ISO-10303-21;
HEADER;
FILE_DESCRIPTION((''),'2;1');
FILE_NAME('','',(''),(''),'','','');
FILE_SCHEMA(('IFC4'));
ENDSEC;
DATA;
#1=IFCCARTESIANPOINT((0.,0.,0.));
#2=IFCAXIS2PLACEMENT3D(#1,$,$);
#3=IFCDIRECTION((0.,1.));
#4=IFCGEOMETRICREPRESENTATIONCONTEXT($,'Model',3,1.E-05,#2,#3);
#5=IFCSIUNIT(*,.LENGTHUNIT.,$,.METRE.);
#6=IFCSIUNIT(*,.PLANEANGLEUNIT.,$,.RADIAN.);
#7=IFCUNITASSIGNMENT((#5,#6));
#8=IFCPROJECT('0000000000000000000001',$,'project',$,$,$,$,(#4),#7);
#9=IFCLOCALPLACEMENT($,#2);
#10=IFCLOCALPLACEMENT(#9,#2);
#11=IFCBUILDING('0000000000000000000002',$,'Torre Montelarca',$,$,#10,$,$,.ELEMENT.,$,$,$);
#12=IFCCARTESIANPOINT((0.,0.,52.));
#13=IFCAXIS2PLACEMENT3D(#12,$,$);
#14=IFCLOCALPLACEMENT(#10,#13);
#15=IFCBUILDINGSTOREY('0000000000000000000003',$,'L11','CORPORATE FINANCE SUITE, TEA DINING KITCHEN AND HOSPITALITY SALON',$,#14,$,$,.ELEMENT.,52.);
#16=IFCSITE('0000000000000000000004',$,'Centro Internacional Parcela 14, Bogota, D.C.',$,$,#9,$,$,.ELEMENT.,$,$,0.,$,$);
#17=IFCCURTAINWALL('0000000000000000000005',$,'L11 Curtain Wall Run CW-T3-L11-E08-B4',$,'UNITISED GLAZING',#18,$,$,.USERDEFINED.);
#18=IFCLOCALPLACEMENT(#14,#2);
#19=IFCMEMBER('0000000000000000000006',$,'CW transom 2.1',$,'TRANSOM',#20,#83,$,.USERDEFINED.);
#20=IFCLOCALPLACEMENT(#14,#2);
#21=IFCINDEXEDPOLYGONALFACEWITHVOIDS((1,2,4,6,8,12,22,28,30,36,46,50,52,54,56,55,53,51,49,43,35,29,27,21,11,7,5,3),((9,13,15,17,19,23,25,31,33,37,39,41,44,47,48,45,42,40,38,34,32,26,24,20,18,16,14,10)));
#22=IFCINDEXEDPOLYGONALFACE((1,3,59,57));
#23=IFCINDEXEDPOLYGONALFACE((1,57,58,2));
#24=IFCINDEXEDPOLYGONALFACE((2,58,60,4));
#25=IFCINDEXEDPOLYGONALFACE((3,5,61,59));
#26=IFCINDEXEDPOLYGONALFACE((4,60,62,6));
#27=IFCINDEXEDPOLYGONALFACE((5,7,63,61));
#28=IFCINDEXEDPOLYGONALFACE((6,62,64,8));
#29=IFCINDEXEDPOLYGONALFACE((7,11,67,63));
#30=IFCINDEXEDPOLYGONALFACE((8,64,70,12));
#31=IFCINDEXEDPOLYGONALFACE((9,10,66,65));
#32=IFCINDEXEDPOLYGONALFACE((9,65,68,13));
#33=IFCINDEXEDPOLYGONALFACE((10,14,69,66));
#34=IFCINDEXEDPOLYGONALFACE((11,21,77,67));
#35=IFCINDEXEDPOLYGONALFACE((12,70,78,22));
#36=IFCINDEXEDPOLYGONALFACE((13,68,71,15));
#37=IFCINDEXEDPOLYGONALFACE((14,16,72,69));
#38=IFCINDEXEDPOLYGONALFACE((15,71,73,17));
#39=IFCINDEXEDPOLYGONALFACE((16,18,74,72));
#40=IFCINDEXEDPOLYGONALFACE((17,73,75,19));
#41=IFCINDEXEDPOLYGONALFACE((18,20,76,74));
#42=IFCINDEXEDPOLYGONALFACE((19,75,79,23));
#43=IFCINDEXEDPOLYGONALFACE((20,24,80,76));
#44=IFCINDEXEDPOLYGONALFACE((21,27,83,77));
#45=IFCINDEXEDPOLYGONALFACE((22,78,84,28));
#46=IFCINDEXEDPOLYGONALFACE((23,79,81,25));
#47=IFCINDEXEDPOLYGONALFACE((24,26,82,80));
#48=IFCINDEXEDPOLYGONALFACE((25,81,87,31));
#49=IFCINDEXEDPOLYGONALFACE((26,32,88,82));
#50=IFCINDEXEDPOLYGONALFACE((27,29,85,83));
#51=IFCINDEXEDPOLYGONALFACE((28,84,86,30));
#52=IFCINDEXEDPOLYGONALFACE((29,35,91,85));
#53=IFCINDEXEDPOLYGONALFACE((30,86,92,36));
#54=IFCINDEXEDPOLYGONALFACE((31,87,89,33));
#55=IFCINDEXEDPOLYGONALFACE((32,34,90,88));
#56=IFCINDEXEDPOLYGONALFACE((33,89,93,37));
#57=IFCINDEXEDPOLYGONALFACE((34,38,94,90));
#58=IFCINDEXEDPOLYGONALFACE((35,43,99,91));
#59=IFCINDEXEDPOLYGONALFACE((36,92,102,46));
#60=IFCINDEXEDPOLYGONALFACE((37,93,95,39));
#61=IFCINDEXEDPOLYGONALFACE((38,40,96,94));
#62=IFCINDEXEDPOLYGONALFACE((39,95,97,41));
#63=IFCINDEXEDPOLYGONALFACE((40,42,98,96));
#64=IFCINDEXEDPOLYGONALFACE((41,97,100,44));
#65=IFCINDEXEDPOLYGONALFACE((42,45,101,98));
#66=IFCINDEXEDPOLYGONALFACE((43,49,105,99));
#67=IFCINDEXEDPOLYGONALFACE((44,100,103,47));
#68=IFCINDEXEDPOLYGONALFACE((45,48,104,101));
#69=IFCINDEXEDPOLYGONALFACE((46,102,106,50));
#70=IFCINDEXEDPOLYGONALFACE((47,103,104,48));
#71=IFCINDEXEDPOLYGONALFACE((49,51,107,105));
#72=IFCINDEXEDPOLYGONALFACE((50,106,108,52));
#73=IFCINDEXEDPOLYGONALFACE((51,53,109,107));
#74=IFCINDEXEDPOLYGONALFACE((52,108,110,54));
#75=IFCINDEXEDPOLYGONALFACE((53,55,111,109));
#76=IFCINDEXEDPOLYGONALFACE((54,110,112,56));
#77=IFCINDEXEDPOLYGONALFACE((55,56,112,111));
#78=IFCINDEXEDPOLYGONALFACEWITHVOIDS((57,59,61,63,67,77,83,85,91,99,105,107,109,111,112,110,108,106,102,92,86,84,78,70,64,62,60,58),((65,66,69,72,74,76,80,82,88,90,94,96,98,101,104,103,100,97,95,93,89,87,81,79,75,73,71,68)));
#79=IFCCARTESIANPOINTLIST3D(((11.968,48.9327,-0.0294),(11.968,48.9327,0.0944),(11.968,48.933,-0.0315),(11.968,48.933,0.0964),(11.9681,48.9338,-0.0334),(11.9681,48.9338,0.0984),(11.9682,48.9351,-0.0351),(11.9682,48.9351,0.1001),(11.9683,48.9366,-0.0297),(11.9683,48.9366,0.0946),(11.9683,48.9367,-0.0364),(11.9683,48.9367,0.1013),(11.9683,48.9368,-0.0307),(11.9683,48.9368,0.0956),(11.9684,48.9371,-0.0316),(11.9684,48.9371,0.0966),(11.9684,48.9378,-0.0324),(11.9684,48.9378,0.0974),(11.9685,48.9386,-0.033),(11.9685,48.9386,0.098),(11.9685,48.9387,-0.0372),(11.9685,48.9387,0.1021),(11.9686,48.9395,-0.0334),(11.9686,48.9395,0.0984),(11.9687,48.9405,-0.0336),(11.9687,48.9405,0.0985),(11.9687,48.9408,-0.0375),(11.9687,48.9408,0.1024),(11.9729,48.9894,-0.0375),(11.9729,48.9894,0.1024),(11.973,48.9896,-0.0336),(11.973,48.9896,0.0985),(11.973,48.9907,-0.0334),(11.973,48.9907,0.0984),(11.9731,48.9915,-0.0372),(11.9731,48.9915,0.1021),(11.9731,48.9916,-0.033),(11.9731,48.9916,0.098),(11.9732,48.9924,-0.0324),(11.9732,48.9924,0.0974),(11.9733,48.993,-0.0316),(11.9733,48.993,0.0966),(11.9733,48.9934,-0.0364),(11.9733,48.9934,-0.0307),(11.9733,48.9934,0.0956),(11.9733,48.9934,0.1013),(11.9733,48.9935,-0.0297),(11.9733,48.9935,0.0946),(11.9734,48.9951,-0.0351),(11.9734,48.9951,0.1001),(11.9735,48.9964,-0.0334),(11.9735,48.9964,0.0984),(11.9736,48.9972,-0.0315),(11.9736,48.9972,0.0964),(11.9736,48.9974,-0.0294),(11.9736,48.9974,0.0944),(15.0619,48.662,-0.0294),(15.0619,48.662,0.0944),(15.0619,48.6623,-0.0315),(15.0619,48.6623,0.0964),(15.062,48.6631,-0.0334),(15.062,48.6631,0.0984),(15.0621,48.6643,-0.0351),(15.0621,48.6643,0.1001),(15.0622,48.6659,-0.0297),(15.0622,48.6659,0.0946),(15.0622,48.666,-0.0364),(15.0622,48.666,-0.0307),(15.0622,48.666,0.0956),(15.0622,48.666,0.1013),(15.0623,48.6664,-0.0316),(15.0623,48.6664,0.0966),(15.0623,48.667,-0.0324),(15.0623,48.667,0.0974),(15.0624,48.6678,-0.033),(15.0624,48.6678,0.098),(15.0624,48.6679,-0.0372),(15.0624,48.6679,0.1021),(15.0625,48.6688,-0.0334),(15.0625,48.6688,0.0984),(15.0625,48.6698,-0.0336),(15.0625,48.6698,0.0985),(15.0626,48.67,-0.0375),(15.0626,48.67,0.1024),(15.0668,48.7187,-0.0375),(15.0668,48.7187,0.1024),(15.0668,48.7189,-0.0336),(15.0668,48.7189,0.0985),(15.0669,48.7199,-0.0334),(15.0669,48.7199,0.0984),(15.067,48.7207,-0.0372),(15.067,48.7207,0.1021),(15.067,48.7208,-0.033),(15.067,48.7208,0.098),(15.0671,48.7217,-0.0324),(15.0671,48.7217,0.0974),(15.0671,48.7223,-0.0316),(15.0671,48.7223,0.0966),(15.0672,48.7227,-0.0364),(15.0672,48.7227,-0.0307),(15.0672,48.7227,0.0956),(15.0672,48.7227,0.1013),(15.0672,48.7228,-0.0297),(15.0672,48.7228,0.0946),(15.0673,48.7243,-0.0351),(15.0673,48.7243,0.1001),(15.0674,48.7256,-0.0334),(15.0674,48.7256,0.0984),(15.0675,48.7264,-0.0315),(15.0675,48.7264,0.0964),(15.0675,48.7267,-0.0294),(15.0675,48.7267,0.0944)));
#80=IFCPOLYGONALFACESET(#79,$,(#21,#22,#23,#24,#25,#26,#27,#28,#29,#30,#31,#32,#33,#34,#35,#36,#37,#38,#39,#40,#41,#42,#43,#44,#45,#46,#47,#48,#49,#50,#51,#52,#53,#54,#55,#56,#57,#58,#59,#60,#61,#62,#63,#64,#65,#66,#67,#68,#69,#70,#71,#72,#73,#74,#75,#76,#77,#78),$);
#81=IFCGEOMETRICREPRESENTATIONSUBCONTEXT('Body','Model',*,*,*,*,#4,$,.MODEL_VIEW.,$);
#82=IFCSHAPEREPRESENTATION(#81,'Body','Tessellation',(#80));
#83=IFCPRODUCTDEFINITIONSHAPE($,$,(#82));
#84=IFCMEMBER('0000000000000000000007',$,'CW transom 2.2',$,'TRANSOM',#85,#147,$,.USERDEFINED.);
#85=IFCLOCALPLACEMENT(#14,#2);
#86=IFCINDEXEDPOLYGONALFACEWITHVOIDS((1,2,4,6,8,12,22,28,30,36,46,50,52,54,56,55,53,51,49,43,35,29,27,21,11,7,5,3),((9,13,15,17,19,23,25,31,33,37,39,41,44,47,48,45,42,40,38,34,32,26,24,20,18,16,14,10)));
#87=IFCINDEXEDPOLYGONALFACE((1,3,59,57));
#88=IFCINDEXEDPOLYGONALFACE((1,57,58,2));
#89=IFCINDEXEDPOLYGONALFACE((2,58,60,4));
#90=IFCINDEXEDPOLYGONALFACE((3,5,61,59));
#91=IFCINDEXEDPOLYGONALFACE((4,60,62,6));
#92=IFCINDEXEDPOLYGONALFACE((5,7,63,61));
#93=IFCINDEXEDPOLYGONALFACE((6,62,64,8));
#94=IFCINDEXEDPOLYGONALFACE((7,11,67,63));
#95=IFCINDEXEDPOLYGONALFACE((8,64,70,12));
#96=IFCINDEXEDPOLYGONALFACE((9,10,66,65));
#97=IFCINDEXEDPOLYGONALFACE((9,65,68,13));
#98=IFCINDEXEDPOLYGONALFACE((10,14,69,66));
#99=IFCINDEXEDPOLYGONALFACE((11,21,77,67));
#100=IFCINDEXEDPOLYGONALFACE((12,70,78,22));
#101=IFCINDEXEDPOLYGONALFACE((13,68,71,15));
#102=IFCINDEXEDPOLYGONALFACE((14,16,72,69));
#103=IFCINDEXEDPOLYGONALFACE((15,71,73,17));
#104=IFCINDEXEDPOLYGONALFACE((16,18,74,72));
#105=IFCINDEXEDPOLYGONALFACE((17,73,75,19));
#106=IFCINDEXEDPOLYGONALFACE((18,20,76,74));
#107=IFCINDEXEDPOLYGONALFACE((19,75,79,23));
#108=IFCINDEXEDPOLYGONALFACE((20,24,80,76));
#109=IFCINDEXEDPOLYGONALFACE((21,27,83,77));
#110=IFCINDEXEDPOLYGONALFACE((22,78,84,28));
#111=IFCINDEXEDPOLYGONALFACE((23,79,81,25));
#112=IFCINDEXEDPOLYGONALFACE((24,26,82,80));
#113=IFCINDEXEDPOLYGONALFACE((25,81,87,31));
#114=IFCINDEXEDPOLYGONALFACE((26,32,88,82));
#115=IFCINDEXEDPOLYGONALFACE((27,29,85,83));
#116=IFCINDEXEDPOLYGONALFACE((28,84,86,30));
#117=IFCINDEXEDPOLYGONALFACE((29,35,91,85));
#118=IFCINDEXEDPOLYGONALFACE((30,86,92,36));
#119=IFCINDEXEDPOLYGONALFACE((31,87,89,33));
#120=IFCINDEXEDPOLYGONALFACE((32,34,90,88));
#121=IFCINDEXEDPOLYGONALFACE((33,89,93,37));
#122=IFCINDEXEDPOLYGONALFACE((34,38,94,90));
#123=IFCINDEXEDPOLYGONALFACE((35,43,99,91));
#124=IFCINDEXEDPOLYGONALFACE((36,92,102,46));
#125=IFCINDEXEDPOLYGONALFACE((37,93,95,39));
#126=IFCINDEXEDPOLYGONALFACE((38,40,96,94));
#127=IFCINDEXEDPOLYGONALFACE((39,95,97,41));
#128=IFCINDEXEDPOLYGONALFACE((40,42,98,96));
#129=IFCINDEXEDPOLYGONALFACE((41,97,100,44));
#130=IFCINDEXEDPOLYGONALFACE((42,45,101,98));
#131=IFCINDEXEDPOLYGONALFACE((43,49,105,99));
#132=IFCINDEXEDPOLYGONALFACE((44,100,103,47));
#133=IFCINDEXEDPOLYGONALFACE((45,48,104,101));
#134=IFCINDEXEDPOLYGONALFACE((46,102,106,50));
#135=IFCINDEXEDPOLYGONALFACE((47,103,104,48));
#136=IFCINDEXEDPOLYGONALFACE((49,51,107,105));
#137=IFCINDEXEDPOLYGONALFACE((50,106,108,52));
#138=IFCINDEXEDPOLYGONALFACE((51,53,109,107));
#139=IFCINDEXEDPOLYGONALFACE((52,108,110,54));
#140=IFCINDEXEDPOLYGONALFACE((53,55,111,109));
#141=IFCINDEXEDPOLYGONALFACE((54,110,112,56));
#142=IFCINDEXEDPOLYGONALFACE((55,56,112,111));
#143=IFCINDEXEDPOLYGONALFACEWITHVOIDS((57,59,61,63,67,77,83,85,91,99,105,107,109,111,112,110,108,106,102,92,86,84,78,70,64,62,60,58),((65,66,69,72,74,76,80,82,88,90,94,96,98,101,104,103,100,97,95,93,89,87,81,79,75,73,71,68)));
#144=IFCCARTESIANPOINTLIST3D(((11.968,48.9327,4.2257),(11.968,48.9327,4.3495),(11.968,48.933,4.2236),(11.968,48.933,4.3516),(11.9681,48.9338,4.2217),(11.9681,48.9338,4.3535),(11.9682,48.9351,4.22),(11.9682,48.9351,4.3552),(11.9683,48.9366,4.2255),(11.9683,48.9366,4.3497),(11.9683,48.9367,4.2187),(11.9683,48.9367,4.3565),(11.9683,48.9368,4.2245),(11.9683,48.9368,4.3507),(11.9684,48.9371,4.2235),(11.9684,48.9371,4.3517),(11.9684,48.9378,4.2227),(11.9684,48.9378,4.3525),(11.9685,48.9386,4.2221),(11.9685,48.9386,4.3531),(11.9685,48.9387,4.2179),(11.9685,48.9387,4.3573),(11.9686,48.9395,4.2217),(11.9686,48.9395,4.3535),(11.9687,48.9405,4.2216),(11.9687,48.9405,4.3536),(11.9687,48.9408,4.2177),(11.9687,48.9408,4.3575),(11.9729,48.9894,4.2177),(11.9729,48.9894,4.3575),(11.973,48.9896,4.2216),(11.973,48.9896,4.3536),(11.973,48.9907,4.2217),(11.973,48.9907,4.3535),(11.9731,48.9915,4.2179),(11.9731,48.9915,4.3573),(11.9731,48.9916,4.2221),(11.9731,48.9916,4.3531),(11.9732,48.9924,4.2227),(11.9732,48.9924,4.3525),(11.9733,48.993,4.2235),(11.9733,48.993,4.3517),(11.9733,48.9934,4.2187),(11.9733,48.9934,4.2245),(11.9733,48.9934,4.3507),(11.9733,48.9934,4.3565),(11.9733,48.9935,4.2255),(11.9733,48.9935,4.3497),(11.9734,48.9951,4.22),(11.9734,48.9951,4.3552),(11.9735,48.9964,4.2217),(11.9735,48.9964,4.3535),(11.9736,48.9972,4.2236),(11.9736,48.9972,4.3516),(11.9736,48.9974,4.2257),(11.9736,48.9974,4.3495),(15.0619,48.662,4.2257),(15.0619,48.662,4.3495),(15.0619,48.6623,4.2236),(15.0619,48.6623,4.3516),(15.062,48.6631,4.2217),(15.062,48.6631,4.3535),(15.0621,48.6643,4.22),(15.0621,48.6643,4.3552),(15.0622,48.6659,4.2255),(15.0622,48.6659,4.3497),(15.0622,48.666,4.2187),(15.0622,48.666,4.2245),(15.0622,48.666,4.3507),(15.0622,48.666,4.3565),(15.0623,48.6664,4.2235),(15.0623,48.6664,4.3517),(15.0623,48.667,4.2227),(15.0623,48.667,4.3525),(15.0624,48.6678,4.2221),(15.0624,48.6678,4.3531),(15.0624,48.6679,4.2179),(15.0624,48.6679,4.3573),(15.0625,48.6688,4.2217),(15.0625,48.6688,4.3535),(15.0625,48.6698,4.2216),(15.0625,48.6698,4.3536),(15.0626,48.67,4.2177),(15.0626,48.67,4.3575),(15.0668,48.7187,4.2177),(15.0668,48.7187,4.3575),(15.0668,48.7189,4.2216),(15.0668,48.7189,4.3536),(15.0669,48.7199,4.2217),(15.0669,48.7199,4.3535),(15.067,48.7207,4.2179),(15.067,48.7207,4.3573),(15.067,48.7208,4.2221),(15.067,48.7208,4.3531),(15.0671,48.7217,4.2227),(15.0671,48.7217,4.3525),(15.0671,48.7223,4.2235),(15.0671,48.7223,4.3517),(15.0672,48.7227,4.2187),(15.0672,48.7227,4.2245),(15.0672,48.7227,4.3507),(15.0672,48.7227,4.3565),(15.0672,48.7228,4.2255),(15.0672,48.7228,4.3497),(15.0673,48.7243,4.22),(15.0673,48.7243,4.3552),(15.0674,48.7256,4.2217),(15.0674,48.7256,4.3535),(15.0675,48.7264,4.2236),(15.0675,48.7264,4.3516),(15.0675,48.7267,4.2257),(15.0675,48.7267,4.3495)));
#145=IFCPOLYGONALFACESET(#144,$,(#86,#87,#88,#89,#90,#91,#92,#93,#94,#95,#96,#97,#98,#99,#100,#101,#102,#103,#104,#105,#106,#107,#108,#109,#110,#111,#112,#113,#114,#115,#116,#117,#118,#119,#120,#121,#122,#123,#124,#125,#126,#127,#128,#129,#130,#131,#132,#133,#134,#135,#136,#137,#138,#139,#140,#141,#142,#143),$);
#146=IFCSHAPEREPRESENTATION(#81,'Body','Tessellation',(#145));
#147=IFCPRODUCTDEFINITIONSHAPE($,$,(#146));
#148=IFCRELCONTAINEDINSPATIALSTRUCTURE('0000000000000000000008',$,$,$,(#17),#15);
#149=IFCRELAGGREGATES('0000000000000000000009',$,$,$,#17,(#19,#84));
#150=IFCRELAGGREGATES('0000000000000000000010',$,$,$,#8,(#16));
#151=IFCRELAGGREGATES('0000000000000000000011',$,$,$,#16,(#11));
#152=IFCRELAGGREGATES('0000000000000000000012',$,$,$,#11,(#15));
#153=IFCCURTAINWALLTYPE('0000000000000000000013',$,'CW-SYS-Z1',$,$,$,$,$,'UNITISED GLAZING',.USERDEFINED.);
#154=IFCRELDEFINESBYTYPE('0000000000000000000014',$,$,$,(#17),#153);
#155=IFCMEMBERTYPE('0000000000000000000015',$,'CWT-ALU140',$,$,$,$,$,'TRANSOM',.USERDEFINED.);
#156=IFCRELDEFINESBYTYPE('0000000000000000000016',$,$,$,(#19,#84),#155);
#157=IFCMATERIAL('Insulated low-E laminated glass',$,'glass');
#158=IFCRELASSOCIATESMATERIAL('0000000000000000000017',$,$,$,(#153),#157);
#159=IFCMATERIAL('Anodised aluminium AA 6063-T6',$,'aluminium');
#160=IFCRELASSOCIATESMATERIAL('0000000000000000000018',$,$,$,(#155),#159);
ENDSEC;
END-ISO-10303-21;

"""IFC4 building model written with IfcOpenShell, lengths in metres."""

from ifc_helpers import new_model, si_unit, direction, frame, origin, origin_2d, place, context, subcontext, project, spatial, hollow_rectangle, extrude, source, transform, mapped, material, material_profile, profile_set, type_object, element, aggregate, save


model = new_model("IFC4")

# Units and contexts
model_context = context("Model", 3, precision=1e-05, world=origin(), true_north=direction((0.0, 1.0)))
body_context = subcontext(model_context, "Body", "Model", "MODEL_VIEW")
ifc_project = project(units=[si_unit("LENGTHUNIT", "METRE"), si_unit("PLANEANGLEUNIT", "RADIAN")], contexts=[model_context])

# Site, building, storey
site_placement = place(None, origin())
site = spatial("IfcSite", under=ifc_project, at=site_placement, Name="Centro Internacional Parcela 14, Bogota, D.C.", CompositionType="ELEMENT", RefElevation=0.0)
building_placement = place(site_placement, origin())
building = spatial("IfcBuilding", under=site, at=building_placement, Name="Torre Montelarca", CompositionType="ELEMENT")
storey_placement = place(building_placement, frame((0.0, 0.0, 52.0)))
storey = spatial("IfcBuildingStorey", under=building, at=storey_placement, Name="L11", Description="CORPORATE FINANCE SUITE, TEA DINING KITCHEN AND HOSPITALITY SALON", CompositionType="ELEMENT", Elevation=52.0)

# Shared definitions
ifc_material_1 = material(Name="Insulated low-E laminated glass", Category="glass")
curtain_wall_type = type_object("IfcCurtainWallType", Name="CW-SYS-Z1", ElementType="UNITISED GLAZING", PredefinedType="USERDEFINED", material=ifc_material_1)
ifc_material_2 = material(Name="Anodised aluminium AA 6063-T6", Category="aluminium")

# Curtain wall
curtain_wall_1_placement = place(storey_placement, origin())
curtain_wall_1 = element("IfcCurtainWall", 1, at=curtain_wall_1_placement, inside=storey, type_object=curtain_wall_type, Name="L11 Curtain Wall Run CW-T3-L11-E08-B4", ObjectType="UNITISED GLAZING", PredefinedType="USERDEFINED")

# Members
ifc_material_profile_1 = material_profile(ifc_material_2, hollow_rectangle(XDim=0.0649, YDim=0.1399, WallThickness=0.0039, InnerFilletRadius=0.0039, OuterFilletRadius=0.0081, at=origin_2d()), Name="ALU65X140X4", Category="aluminium")
ifc_profile_set_1 = profile_set([ifc_material_profile_1], Name="Anodised aluminium AA 6063-T6")
member_type_1 = type_object("IfcMemberType", Name="CWT-ALU140", ElementType="TRANSOM", PredefinedType="USERDEFINED", material=ifc_profile_set_1)
shared_shape_1 = source(origin(), body_context, "Body", "SweptSolid", [
    extrude(hollow_rectangle(XDim=0.0649, YDim=0.1399, WallThickness=0.0039, InnerFilletRadius=0.0039, OuterFilletRadius=0.0081, at=origin_2d()), origin(), (0.0, 0.0, 1.0), 3.1057),
])
member_1_placement = place(storey_placement, frame((15.0647, 48.6943, 0.0325), z_axis=(-0.996193, 0.087176, 0.0), x_axis=(-0.087176, -0.996193, 0.0)))
member_1 = element("IfcMember", 2, at=member_1_placement, type_object=member_type_1, Name="CW transom 2.1", ObjectType="TRANSOM", PredefinedType="USERDEFINED", context=body_context, shape_type="MappedRepresentation", body=[
    mapped(shared_shape_1, transform((0.0, 0.0, 0.0), scale=1.0)),
])
member_2_placement = place(storey_placement, frame((15.0647, 48.6943, 4.2876), z_axis=(-0.996193, 0.087176, 0.0), x_axis=(-0.087176, -0.996193, 0.0)))
member_2 = element("IfcMember", 3, at=member_2_placement, type_object=member_type_1, Name="CW transom 2.2", ObjectType="TRANSOM", PredefinedType="USERDEFINED", context=body_context, shape_type="MappedRepresentation", body=[
    mapped(shared_shape_1, transform((0.0, 0.0, 0.0), scale=1.0)),
])

aggregate(curtain_wall_1, [member_1, member_2])

save(model, "model.ifc")
